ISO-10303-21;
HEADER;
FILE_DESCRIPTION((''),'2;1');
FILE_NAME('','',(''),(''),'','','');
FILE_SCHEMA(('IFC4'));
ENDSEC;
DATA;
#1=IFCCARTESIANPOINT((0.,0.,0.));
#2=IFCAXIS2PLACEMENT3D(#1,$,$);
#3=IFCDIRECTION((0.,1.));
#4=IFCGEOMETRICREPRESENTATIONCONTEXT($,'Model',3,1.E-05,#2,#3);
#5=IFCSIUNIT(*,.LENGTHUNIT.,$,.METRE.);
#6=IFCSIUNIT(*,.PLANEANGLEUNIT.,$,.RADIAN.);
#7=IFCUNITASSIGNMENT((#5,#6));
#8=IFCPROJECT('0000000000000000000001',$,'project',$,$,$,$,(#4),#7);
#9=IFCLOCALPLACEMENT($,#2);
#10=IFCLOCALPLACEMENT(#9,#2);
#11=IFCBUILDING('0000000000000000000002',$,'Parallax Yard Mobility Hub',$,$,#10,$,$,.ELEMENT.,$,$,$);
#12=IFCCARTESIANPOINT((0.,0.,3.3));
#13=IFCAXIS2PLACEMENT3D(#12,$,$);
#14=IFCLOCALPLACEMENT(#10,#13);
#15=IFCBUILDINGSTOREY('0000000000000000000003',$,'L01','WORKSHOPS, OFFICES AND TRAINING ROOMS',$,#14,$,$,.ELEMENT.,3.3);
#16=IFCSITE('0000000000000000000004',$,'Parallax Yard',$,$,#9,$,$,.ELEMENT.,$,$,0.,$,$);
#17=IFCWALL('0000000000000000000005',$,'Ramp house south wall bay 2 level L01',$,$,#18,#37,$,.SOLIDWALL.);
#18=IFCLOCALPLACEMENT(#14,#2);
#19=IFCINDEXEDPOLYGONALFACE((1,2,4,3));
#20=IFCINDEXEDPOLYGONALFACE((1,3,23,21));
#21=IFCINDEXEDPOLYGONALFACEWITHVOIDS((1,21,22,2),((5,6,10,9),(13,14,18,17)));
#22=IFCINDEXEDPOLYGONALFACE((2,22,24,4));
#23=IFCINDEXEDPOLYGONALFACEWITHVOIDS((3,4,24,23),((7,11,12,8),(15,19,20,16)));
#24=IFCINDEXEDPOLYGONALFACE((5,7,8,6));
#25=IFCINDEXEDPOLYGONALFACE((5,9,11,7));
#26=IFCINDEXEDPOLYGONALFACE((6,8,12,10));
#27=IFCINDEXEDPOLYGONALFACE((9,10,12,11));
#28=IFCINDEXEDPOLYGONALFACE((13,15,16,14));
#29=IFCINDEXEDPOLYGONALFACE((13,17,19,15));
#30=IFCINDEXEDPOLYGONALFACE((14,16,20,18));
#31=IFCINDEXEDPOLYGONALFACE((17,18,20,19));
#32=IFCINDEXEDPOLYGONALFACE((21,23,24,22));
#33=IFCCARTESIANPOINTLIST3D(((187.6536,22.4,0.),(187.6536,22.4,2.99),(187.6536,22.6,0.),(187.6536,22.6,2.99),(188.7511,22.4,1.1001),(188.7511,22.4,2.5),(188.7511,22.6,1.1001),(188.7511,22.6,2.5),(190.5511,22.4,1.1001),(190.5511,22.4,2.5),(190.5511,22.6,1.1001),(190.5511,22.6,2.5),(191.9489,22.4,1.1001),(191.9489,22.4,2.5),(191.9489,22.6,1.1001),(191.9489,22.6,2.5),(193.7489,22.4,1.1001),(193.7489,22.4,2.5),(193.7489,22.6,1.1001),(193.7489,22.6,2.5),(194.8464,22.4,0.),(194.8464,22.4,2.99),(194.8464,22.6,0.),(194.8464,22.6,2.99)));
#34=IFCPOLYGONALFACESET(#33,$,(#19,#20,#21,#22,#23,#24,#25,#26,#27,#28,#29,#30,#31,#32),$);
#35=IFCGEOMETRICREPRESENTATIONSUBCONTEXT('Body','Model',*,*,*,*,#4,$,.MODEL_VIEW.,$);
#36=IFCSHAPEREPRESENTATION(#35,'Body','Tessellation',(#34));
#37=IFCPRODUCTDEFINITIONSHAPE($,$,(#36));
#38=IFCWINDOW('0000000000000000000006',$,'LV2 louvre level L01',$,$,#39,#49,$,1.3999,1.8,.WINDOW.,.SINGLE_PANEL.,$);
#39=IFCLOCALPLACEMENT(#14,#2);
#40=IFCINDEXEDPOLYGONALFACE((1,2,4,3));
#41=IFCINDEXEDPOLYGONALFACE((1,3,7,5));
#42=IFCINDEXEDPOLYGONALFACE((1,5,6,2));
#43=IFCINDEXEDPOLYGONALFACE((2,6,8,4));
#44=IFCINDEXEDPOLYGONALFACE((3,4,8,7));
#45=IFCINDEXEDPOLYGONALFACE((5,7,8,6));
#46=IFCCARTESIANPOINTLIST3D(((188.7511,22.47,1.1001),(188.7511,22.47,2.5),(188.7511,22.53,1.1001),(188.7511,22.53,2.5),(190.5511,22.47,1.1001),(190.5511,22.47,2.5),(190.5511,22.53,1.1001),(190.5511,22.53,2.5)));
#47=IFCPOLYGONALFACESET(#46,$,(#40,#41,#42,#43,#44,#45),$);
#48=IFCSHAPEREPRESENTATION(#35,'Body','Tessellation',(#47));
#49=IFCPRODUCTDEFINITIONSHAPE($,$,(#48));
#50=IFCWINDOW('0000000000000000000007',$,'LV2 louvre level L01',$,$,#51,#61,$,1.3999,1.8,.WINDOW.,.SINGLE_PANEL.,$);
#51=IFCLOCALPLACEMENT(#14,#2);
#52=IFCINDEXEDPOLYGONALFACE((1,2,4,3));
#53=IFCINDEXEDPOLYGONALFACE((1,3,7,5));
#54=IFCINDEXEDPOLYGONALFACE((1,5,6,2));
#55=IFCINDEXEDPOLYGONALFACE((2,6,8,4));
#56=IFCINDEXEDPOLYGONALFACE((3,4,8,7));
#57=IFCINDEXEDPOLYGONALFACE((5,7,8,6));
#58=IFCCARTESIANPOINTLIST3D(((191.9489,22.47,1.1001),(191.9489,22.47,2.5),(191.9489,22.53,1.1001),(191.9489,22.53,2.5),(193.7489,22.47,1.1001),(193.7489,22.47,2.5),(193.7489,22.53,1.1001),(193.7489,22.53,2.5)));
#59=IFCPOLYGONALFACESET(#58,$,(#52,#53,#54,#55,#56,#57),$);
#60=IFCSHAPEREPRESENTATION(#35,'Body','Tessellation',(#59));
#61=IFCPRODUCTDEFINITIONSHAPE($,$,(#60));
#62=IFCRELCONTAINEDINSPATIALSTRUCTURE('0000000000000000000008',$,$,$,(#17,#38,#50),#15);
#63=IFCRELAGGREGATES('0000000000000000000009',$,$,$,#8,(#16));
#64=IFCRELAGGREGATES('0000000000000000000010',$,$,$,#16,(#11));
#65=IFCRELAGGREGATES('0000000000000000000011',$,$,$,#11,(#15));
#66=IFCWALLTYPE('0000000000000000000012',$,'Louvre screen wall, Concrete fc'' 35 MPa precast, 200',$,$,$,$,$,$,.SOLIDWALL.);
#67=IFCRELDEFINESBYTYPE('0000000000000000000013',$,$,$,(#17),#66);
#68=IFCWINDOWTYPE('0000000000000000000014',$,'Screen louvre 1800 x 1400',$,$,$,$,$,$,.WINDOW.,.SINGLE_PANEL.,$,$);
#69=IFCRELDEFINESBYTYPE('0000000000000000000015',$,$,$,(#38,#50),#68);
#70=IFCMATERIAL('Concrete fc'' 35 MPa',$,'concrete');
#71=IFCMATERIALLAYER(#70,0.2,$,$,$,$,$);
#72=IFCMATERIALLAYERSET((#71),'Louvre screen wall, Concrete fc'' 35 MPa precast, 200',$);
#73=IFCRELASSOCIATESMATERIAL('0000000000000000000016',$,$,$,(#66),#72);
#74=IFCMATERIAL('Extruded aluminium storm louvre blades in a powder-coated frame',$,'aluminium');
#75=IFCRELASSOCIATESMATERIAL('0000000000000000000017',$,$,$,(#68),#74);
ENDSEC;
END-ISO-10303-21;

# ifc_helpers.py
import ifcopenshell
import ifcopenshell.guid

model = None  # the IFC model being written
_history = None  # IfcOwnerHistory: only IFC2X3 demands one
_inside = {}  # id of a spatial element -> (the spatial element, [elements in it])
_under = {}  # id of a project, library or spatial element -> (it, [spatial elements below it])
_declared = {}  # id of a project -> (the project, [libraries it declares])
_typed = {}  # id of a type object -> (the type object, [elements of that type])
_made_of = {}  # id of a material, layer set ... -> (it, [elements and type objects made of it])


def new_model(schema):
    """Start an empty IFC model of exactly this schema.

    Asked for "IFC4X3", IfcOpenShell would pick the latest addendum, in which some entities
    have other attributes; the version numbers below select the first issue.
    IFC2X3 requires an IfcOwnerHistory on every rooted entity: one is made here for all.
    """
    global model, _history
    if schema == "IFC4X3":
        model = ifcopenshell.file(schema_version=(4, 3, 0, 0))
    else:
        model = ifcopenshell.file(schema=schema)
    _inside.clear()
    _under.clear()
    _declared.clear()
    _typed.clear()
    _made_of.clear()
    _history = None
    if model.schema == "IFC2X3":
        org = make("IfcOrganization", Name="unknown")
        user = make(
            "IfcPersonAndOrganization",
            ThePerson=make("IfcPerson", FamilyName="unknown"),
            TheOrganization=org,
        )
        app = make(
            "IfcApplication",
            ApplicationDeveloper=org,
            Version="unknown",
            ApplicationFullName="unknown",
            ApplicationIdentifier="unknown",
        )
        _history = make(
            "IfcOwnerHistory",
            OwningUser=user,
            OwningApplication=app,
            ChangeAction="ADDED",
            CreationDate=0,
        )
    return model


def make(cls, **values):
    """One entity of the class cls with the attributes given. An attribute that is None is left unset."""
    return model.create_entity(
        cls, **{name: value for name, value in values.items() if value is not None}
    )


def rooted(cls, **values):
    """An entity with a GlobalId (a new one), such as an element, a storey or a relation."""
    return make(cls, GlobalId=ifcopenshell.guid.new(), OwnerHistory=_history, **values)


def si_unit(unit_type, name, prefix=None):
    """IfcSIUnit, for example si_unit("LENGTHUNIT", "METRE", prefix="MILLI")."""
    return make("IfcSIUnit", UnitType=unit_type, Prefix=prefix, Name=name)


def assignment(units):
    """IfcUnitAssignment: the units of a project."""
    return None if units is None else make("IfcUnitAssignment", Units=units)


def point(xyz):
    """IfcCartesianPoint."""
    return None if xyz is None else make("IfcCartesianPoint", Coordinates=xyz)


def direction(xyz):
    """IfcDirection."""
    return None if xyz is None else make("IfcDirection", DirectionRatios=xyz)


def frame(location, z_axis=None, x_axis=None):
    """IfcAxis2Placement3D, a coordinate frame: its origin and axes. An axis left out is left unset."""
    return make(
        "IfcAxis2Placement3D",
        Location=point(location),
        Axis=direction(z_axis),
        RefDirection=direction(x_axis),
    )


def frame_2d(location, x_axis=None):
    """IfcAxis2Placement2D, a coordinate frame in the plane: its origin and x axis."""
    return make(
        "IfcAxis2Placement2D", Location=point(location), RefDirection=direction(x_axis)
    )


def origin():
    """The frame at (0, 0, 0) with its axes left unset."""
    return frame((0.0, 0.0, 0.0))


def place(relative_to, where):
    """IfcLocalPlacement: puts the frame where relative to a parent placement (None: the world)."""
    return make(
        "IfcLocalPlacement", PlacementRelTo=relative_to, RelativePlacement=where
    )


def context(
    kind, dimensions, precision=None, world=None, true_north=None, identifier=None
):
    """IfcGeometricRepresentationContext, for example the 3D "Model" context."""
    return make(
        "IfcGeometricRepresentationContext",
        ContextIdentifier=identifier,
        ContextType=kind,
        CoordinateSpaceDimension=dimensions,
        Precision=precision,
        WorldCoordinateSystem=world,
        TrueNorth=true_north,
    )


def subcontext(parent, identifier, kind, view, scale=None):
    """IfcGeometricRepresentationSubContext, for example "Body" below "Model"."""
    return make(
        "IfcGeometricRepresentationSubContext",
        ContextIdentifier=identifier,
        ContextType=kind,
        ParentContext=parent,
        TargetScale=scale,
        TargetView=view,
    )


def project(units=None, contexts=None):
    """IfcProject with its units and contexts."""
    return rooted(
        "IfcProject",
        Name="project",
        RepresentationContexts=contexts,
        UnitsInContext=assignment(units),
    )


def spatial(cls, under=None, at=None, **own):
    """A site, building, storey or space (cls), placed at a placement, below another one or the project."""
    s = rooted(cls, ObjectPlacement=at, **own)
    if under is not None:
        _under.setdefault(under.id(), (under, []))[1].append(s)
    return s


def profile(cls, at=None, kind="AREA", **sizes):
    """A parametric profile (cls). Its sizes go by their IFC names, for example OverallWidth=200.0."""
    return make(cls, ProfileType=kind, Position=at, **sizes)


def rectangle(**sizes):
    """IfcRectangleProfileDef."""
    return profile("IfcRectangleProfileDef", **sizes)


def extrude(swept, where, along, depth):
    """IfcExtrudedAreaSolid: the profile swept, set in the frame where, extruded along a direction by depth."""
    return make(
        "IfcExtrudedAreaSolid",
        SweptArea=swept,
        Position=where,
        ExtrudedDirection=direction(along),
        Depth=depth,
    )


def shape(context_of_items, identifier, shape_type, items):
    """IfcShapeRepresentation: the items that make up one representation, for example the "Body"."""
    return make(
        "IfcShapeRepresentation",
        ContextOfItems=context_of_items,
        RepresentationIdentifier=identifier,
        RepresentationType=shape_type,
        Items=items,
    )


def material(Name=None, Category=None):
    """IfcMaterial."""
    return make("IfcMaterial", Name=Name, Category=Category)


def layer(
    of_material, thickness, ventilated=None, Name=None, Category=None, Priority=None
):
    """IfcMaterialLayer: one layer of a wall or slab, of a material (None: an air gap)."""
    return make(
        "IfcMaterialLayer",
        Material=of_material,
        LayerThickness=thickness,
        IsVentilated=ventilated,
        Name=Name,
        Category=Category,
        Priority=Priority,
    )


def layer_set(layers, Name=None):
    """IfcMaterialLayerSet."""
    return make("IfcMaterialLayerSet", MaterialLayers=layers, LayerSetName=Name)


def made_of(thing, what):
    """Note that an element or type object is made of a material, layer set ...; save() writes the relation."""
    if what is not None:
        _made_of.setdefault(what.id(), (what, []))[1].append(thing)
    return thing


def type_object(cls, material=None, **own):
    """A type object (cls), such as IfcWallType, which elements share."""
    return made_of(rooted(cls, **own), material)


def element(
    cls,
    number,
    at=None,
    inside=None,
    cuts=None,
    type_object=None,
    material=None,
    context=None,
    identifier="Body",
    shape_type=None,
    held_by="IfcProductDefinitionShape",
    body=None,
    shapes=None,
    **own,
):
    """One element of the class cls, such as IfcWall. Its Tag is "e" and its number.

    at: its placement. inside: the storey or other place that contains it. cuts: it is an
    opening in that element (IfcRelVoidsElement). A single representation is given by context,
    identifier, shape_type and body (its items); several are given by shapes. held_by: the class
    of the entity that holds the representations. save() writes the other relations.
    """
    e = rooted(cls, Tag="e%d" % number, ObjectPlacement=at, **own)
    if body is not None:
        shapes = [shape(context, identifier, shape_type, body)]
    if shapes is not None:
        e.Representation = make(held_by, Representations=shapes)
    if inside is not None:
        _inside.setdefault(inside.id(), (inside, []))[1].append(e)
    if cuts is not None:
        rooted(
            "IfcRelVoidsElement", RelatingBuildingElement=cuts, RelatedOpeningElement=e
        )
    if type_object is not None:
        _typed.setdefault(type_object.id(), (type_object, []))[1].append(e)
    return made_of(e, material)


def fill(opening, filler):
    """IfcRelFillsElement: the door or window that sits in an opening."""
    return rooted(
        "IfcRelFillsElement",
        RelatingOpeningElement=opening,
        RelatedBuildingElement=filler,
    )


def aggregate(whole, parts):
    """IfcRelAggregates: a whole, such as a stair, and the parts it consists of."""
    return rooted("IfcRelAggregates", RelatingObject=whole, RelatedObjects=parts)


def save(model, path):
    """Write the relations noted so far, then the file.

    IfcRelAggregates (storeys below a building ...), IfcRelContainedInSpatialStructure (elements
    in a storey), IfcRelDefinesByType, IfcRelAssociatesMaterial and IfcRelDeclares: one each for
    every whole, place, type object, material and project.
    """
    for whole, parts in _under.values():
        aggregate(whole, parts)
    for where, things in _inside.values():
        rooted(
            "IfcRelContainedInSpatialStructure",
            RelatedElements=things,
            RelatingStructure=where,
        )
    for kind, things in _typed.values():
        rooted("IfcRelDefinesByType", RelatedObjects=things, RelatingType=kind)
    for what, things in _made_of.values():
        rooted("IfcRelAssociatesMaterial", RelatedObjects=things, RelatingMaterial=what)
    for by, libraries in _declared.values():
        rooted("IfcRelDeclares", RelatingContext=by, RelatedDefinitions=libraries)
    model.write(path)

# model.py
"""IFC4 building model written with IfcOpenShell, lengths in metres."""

from ifc_helpers import new_model, si_unit, direction, frame, frame_2d, origin, place, context, subcontext, project, spatial, rectangle, extrude, material, layer, layer_set, type_object, element, fill, save


model = new_model("IFC4")

# Units and contexts
model_context = context("Model", 3, precision=1e-05, world=origin(), true_north=direction((0.0, 1.0)))
body_context = subcontext(model_context, "Body", "Model", "MODEL_VIEW")
ifc_project = project(units=[si_unit("LENGTHUNIT", "METRE"), si_unit("PLANEANGLEUNIT", "RADIAN")], contexts=[model_context])

# Site, building, storey
site_placement = place(None, origin())
site = spatial("IfcSite", under=ifc_project, at=site_placement, Name="Parallax Yard", CompositionType="ELEMENT", RefElevation=0.0)
building_placement = place(site_placement, origin())
building = spatial("IfcBuilding", under=site, at=building_placement, Name="Parallax Yard Mobility Hub", CompositionType="ELEMENT")
storey_placement = place(building_placement, frame((0.0, 0.0, 3.3)))
storey = spatial("IfcBuildingStorey", under=building, at=storey_placement, Name="L01", Description="WORKSHOPS, OFFICES AND TRAINING ROOMS", CompositionType="ELEMENT", Elevation=3.3)

# Wall, openings, windows
ifc_material_1 = material(Name="Concrete fc' 35 MPa", Category="concrete")
ifc_layer = layer(ifc_material_1, 0.2)
ifc_layer_set = layer_set([ifc_layer], Name="Louvre screen wall, Concrete fc' 35 MPa precast, 200")
wall_type = type_object("IfcWallType", Name="Louvre screen wall, Concrete fc' 35 MPa precast, 200", PredefinedType="SOLIDWALL", material=ifc_layer_set)
ifc_material_2 = material(Name="Extruded aluminium storm louvre blades in a powder-coated frame", Category="aluminium")
window_type_1 = type_object("IfcWindowType", Name="Screen louvre 1800 x 1400", PartitioningType="SINGLE_PANEL", PredefinedType="WINDOW", material=ifc_material_2)
wall_1_placement = place(storey_placement, frame((187.6536, 22.5, 0.0), z_axis=(0.0, 0.0, 1.0), x_axis=(1.0, 0.0, 0.0)))
wall_1 = element("IfcWall", 1, at=wall_1_placement, inside=storey, type_object=wall_type, Name="Ramp house south wall bay 2 level L01", PredefinedType="SOLIDWALL", context=body_context, shape_type="SweptSolid", body=[
    extrude(rectangle(XDim=7.1929, YDim=0.2, at=frame_2d((3.5964, 0.0))), origin(), (0.0, 0.0, 1.0), 2.99),
])
opening_1_placement = place(wall_1_placement, frame((1.0977, 0.0, 1.1001)))
opening_1 = element("IfcOpeningElement", 2, at=opening_1_placement, cuts=wall_1, PredefinedType="OPENING", context=body_context, shape_type="SweptSolid", body=[
    extrude(rectangle(XDim=1.8, YDim=1.3999, at=frame_2d((0.8999, 0.7))), frame((0.0, 0.1099, 0.0), z_axis=(0.0, -1.0, 0.0), x_axis=(1.0, 0.0, 0.0)), (0.0, 0.0, 1.0), 0.22),
])
opening_2_placement = place(wall_1_placement, frame((4.2954, 0.0, 1.1001)))
opening_2 = element("IfcOpeningElement", 3, at=opening_2_placement, cuts=wall_1, PredefinedType="OPENING", context=body_context, shape_type="SweptSolid", body=[
    extrude(rectangle(XDim=1.8, YDim=1.3999, at=frame_2d((0.8999, 0.7))), frame((0.0, 0.1099, 0.0), z_axis=(0.0, -1.0, 0.0), x_axis=(1.0, 0.0, 0.0)), (0.0, 0.0, 1.0), 0.22),
])
window_1_placement = place(opening_1_placement, origin())
window_1 = element("IfcWindow", 4, at=window_1_placement, inside=storey, type_object=window_type_1, Name="LV2 louvre level L01", OverallHeight=1.3999, OverallWidth=1.8, PartitioningType="SINGLE_PANEL", PredefinedType="WINDOW", context=body_context, shape_type="SweptSolid", body=[
    extrude(rectangle(XDim=1.8, YDim=1.3999, at=frame_2d((0.8999, 0.7))), frame((0.0, 0.03, 0.0), z_axis=(0.0, -1.0, 0.0), x_axis=(1.0, 0.0, 0.0)), (0.0, 0.0, 1.0), 0.0601),
])
fill(opening_1, window_1)
window_2_placement = place(opening_2_placement, origin())
window_2 = element("IfcWindow", 5, at=window_2_placement, inside=storey, type_object=window_type_1, Name="LV2 louvre level L01", OverallHeight=1.3999, OverallWidth=1.8, PartitioningType="SINGLE_PANEL", PredefinedType="WINDOW", context=body_context, shape_type="SweptSolid", body=[
    extrude(rectangle(XDim=1.8, YDim=1.3999, at=frame_2d((0.8999, 0.7))), frame((0.0, 0.03, 0.0), z_axis=(0.0, -1.0, 0.0), x_axis=(1.0, 0.0, 0.0)), (0.0, 0.0, 1.0), 0.0601),
])
fill(opening_2, window_2)

save(model, "model.ifc")
